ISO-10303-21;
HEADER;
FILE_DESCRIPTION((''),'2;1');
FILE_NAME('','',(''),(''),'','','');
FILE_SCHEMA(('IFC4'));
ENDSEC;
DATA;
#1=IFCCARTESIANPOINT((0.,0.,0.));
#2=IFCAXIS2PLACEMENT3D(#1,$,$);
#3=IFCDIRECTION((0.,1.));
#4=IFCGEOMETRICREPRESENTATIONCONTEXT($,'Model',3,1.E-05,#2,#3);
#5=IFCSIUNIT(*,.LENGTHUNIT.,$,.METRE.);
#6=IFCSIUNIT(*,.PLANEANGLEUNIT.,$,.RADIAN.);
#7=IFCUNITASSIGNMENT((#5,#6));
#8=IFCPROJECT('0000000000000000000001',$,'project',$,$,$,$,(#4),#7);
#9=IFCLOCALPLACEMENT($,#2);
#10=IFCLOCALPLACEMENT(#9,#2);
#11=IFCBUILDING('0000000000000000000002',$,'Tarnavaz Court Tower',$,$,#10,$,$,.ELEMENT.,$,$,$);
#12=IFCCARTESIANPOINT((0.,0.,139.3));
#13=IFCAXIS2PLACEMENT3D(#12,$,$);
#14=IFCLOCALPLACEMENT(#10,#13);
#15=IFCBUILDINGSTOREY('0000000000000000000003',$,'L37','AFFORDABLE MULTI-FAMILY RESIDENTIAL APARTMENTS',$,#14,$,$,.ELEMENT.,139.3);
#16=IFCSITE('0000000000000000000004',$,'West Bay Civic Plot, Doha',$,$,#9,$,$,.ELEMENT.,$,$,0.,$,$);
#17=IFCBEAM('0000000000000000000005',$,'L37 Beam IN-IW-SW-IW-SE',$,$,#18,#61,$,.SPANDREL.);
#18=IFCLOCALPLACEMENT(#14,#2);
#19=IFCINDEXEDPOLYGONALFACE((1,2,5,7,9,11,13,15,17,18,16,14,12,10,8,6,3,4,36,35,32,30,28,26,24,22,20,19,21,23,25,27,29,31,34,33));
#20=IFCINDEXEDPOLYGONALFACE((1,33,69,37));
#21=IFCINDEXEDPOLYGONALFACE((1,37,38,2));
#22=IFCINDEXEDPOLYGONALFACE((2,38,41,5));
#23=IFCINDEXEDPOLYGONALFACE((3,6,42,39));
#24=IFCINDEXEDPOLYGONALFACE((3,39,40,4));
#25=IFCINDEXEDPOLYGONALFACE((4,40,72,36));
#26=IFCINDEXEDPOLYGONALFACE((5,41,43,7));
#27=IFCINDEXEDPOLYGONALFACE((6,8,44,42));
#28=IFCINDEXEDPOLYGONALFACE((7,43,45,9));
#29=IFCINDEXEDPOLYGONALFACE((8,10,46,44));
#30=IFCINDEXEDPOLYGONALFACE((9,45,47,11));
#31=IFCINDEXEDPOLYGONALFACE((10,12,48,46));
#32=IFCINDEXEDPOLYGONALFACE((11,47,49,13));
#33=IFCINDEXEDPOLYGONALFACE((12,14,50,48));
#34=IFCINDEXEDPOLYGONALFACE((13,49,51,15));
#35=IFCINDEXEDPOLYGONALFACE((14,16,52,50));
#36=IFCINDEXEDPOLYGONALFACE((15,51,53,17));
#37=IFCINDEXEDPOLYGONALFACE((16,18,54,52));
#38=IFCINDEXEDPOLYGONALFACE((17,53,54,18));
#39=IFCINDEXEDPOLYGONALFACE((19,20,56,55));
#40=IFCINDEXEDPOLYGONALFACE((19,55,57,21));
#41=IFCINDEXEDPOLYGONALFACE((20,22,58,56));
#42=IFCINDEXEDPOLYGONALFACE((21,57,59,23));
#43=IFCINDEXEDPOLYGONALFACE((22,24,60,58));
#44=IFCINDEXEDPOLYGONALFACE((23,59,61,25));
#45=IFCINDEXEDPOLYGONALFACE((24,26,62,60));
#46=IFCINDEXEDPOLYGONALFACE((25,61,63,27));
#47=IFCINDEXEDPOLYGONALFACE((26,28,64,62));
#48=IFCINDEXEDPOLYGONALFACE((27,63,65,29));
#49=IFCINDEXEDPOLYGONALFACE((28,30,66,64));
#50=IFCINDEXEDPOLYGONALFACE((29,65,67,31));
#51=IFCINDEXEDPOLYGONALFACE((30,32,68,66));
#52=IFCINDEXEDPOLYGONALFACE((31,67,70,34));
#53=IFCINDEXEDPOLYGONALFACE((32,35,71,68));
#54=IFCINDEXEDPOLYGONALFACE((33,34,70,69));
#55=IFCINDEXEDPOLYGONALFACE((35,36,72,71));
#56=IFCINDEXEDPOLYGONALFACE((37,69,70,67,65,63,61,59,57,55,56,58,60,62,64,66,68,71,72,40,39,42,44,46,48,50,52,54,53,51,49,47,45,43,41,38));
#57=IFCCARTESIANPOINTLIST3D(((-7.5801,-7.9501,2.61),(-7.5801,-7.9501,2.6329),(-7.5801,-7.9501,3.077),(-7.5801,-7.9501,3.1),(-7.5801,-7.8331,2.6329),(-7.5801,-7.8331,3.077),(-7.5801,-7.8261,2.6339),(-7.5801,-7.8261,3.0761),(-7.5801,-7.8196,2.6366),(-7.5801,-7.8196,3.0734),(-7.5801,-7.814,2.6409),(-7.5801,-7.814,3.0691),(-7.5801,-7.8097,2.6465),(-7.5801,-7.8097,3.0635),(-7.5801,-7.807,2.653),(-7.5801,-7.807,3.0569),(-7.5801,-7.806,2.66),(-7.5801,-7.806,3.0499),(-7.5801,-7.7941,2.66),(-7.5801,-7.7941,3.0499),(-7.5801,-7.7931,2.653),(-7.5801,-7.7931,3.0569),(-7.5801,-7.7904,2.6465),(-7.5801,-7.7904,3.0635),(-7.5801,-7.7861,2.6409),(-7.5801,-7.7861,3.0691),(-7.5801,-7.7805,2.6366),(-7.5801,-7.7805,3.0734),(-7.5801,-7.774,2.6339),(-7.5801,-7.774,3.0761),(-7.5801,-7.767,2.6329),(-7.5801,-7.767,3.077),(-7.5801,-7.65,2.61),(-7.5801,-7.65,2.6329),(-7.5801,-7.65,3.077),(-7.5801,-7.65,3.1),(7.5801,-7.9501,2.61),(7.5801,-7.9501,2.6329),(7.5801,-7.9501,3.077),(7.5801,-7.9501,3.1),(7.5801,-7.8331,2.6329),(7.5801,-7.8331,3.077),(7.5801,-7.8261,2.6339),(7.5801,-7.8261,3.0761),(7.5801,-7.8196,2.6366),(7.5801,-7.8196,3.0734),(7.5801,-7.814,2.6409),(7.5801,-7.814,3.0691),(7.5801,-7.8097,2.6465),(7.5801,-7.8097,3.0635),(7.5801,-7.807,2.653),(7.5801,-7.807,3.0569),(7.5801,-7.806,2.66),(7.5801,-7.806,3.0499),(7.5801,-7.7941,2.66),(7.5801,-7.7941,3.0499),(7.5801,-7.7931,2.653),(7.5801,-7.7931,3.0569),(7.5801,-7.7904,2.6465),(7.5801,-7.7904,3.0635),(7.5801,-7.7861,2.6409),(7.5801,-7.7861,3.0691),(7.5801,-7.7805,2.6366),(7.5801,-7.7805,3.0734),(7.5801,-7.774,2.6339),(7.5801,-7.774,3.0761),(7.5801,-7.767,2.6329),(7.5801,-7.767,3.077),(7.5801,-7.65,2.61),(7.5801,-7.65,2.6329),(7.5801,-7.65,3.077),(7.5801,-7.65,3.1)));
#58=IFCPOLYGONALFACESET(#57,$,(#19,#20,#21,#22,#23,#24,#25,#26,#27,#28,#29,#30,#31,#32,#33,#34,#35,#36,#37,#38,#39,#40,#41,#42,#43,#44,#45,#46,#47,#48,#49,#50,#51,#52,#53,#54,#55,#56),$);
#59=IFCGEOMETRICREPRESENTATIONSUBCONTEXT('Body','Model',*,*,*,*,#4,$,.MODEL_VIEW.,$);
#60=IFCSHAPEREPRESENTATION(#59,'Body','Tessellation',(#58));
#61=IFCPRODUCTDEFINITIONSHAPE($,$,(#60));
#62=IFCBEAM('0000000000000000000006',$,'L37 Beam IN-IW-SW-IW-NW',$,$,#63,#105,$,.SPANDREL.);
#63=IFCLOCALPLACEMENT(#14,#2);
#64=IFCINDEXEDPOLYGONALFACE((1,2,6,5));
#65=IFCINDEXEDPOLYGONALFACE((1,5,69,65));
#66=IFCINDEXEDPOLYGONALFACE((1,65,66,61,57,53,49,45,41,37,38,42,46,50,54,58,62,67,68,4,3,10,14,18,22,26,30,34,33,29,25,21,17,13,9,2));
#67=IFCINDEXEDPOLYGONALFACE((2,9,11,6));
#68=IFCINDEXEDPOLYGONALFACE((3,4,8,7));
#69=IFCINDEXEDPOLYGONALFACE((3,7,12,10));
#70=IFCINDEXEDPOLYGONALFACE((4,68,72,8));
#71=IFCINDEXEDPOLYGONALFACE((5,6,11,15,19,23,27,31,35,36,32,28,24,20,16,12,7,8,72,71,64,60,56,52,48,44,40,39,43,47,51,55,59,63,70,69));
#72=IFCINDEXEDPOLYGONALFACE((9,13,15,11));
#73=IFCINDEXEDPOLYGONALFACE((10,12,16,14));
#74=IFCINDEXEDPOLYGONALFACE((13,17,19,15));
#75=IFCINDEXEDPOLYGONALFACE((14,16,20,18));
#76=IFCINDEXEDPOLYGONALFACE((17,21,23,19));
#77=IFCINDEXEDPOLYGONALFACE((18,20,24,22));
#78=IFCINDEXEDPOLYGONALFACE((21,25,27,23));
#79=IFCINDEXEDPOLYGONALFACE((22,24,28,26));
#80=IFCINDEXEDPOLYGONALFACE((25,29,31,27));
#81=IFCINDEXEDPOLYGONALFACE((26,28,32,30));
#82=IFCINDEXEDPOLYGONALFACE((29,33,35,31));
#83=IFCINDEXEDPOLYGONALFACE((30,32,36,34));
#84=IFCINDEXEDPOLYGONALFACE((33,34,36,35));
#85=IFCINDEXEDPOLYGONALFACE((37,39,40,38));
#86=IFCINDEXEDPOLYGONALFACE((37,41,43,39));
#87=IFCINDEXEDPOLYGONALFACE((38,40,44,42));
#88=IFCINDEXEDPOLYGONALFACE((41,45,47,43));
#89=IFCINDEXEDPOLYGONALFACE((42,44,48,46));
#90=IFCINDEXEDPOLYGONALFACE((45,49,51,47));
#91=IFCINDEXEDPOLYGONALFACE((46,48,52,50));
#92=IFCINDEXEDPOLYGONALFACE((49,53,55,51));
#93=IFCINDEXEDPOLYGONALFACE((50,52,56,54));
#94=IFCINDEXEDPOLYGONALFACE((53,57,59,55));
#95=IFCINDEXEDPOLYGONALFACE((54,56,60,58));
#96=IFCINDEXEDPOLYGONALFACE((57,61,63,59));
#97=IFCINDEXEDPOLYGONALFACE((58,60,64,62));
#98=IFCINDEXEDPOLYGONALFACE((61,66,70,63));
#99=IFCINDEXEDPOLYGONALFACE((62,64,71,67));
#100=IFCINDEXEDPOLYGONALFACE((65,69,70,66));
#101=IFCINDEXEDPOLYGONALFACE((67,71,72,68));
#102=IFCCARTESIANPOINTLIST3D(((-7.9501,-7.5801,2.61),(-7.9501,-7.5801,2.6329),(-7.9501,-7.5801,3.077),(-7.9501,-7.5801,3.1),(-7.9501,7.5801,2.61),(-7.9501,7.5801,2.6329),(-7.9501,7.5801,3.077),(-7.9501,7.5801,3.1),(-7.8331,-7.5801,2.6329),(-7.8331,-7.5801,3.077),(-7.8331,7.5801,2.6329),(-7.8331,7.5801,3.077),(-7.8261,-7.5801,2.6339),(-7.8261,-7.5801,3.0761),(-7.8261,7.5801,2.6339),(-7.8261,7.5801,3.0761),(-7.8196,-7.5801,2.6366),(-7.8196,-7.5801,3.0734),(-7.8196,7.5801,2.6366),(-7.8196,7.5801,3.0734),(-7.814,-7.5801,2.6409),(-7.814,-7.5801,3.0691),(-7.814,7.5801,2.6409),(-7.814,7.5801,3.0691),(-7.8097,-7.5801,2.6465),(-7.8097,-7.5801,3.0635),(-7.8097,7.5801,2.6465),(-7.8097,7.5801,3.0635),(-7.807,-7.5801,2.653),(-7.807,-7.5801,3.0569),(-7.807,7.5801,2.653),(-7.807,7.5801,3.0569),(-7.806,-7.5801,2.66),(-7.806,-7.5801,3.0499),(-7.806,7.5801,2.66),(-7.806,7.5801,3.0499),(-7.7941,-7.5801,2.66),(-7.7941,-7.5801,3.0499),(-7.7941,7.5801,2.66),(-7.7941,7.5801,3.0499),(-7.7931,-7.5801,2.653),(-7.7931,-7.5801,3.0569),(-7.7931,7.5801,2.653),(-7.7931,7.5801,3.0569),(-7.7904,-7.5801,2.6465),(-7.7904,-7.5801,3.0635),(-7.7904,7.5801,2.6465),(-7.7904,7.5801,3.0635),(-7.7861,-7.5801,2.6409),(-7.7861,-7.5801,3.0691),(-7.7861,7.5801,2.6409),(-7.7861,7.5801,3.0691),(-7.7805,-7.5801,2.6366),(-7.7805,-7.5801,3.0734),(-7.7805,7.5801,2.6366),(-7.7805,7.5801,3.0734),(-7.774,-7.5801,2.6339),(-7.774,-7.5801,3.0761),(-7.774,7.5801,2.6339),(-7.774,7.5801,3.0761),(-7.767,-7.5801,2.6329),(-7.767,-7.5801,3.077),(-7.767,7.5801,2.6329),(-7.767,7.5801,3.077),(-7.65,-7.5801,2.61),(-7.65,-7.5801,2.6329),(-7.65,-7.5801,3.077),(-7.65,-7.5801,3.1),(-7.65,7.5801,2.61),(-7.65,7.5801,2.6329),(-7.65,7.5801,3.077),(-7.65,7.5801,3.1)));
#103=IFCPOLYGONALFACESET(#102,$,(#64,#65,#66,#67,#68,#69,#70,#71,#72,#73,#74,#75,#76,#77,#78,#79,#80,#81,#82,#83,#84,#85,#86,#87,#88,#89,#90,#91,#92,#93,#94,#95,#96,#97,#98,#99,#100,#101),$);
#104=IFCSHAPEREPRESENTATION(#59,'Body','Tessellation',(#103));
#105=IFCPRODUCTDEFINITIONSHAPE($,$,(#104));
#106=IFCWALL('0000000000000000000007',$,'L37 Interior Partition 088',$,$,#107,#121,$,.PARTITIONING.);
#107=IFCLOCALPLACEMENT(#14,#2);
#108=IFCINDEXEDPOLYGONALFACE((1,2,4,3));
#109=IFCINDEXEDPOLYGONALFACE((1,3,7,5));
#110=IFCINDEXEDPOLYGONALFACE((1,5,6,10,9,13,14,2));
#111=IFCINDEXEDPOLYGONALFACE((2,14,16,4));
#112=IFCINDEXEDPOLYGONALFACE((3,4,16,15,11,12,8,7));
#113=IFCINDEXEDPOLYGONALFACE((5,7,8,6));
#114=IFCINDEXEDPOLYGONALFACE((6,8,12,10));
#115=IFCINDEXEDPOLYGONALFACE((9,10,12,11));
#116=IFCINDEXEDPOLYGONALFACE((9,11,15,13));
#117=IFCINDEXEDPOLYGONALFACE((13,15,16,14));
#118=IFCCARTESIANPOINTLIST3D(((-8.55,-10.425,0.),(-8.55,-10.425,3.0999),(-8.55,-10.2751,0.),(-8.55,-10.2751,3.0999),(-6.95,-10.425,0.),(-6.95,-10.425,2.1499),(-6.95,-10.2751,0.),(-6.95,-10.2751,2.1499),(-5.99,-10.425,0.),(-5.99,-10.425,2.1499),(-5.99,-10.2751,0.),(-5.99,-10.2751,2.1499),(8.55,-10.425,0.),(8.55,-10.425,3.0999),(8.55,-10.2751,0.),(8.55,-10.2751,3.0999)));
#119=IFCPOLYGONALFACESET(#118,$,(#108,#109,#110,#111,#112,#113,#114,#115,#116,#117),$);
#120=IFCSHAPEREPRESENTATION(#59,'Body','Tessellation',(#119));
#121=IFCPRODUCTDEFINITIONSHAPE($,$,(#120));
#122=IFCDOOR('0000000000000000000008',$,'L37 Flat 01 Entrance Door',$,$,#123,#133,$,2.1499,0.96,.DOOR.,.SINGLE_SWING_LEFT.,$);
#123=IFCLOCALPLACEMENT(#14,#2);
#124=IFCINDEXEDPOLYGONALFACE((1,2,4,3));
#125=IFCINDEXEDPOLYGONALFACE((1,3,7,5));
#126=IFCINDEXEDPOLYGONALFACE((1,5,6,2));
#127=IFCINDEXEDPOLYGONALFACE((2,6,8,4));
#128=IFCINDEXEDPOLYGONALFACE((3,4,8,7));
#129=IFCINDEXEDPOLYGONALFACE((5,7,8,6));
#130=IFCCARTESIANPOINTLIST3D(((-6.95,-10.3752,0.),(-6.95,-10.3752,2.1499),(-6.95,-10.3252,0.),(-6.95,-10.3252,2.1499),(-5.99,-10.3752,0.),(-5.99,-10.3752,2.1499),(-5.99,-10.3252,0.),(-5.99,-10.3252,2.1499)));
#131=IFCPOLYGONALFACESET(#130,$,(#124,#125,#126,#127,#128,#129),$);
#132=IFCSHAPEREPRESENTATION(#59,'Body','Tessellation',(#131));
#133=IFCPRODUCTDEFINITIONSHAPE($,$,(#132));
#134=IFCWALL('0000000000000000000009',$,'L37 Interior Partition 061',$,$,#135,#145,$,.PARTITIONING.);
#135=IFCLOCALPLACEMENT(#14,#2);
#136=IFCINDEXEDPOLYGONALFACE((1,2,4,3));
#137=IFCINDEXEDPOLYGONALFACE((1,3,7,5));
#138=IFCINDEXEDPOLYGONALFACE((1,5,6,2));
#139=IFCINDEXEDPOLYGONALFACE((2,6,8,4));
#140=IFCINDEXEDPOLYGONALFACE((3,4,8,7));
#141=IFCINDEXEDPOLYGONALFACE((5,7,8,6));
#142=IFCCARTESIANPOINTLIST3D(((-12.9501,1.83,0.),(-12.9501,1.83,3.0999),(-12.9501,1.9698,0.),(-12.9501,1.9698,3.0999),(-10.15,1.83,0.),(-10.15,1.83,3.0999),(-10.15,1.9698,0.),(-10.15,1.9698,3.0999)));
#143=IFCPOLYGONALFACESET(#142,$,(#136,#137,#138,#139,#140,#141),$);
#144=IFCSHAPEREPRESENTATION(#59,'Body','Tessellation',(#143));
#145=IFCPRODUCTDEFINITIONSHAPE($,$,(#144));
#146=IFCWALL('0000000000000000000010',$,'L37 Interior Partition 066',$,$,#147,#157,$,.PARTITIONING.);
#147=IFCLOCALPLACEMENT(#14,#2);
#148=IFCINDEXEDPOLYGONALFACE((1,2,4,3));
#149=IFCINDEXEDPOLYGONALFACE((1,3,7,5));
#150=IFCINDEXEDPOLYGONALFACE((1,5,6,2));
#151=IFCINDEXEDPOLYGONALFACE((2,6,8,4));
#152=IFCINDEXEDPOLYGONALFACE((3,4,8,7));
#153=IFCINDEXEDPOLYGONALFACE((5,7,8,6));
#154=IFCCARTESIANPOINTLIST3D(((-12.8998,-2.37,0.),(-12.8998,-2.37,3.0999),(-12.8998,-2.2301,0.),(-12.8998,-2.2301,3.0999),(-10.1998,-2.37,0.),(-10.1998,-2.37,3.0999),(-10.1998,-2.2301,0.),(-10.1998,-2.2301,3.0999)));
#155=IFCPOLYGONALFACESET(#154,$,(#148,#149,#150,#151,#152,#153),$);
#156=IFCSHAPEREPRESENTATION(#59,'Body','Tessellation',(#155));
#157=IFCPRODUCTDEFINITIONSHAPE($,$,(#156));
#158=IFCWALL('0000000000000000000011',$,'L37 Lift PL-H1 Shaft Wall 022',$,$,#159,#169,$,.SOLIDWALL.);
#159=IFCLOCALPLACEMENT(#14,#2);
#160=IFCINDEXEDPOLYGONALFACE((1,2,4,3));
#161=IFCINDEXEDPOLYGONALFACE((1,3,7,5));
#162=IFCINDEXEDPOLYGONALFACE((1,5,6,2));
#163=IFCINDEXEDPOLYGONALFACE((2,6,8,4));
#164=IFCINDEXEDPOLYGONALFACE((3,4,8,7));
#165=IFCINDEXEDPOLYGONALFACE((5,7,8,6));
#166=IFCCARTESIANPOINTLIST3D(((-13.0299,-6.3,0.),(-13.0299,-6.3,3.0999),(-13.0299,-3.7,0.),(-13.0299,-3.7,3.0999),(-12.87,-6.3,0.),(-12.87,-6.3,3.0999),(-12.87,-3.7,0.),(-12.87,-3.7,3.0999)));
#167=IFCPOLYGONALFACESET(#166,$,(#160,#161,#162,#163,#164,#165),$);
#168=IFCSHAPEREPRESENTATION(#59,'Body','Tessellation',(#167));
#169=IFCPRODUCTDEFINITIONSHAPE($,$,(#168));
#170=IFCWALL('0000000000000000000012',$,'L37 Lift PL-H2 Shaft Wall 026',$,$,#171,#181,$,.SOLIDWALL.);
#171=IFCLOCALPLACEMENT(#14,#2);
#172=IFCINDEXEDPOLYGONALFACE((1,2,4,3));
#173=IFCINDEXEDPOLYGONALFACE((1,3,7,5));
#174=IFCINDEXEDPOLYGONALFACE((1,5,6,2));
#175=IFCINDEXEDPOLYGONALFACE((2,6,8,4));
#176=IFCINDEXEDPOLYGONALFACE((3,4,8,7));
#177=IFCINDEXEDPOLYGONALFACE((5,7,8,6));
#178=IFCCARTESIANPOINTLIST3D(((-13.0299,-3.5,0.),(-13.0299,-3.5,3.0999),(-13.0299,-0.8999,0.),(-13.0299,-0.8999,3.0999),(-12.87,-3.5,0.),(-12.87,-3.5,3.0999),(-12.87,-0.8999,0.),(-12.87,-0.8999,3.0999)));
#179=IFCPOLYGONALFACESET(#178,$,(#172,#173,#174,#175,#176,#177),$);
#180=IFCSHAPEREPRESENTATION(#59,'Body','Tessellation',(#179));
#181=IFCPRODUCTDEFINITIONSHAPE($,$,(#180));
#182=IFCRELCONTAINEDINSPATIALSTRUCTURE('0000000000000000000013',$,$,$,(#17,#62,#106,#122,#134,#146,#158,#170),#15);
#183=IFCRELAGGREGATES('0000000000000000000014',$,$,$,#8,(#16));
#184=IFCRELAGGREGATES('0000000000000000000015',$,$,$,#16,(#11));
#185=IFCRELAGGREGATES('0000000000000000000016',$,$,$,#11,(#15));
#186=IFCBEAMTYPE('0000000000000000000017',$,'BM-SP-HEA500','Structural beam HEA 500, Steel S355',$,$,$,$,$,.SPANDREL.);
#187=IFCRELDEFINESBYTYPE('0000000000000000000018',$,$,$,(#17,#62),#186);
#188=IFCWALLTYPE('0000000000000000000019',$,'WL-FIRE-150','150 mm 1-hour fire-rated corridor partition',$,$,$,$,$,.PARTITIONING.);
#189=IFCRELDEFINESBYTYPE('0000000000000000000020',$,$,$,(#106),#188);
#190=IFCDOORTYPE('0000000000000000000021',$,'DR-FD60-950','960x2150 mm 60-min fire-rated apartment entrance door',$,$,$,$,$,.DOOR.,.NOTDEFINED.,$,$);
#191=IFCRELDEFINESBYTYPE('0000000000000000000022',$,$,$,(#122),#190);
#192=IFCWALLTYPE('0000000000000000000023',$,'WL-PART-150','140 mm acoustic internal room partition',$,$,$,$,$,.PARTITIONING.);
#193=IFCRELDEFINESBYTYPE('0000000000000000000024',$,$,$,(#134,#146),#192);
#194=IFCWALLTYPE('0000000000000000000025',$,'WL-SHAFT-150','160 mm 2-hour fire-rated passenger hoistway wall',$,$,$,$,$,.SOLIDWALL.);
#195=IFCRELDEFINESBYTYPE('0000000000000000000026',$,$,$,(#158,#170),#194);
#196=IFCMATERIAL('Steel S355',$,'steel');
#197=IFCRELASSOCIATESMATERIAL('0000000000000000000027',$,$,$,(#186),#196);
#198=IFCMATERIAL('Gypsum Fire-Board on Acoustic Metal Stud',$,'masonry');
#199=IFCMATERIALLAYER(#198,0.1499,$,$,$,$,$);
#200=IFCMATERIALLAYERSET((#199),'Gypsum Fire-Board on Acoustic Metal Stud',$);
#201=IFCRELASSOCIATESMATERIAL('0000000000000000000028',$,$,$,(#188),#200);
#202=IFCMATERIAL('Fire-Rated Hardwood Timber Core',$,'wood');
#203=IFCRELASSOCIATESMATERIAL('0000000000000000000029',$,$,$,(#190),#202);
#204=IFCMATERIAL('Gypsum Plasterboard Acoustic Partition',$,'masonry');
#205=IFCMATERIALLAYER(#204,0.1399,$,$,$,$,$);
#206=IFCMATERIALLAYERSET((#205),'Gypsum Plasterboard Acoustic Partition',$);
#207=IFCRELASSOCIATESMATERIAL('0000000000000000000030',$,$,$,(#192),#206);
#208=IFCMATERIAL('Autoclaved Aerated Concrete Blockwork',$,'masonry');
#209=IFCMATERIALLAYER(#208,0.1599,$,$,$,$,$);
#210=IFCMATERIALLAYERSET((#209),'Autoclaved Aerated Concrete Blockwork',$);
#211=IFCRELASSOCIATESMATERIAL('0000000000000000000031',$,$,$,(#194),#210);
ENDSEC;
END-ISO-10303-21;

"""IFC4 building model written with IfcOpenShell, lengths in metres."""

from ifc_helpers import new_model, si_unit, direction, frame, frame_2d, origin, origin_2d, place, context, subcontext, project, spatial, rectangle, i_section, extrude, material, layer, layer_set, material_profile, profile_set, type_object, element, fill, save


model = new_model("IFC4")

# Units and contexts
model_context = context("Model", 3, precision=1e-05, world=origin(), true_north=direction((0.0, 1.0)))
body_context = subcontext(model_context, "Body", "Model", "MODEL_VIEW")
ifc_project = project(units=[si_unit("LENGTHUNIT", "METRE"), si_unit("PLANEANGLEUNIT", "RADIAN")], contexts=[model_context])

# Site, building, storey
site_placement = place(None, origin())
site = spatial("IfcSite", under=ifc_project, at=site_placement, Name="West Bay Civic Plot, Doha", CompositionType="ELEMENT", RefElevation=0.0)
building_placement = place(site_placement, origin())
building = spatial("IfcBuilding", under=site, at=building_placement, Name="Tarnavaz Court Tower", CompositionType="ELEMENT")
storey_placement = place(building_placement, frame((0.0, 0.0, 139.3)))
storey = spatial("IfcBuildingStorey", under=building, at=storey_placement, Name="L37", Description="AFFORDABLE MULTI-FAMILY RESIDENTIAL APARTMENTS", CompositionType="ELEMENT", Elevation=139.3)

# Beams
ifc_material_1 = material(Name="Steel S355", Category="steel")
ifc_material_profile_1 = material_profile(ifc_material_1, i_section(OverallWidth=0.3, OverallDepth=0.49, WebThickness=0.012, FlangeThickness=0.0229, FilletRadius=0.0271, at=origin_2d()), Name="HEA 500")
ifc_profile_set_1 = profile_set([ifc_material_profile_1], Name="Steel S355")
beam_type_1 = type_object("IfcBeamType", Name="BM-SP-HEA500", Description="Structural beam HEA 500, Steel S355", PredefinedType="SPANDREL", material=ifc_profile_set_1)
for number, where, z_axis, x_axis, name in (
    (1, (-7.5801, -7.8, 2.855), (1.0, 0.0, 0.0), (0.0, 1.0, 0.0), "L37 Beam IN-IW-SW-IW-SE"),
    (2, (-7.8, -7.5801, 2.855), (0.0, 1.0, 0.0), (-1.0, 0.0, 0.0), "L37 Beam IN-IW-SW-IW-NW"),
):
    element("IfcBeam", number, at=place(storey_placement, frame(where, z_axis=z_axis, x_axis=x_axis)), inside=storey, type_object=beam_type_1, Name=name, PredefinedType="SPANDREL", context=body_context, shape_type="SweptSolid", body=[
        extrude(i_section(OverallWidth=0.3, OverallDepth=0.49, WebThickness=0.012, FlangeThickness=0.0229, FilletRadius=0.0271, at=origin_2d()), origin(), (0.0, 0.0, 1.0), 15.1602),
    ])

# Wall, opening, door
ifc_material_2 = material(Name="Gypsum Fire-Board on Acoustic Metal Stud", Category="masonry")
ifc_layer_1 = layer(ifc_material_2, 0.1499)
ifc_layer_set_1 = layer_set([ifc_layer_1], Name="Gypsum Fire-Board on Acoustic Metal Stud")
wall_type_1 = type_object("IfcWallType", Name="WL-FIRE-150", Description="150 mm 1-hour fire-rated corridor partition", PredefinedType="PARTITIONING", material=ifc_layer_set_1)
wall_1_placement = place(storey_placement, frame((-8.55, -10.3501, 0.0), z_axis=(0.0, 0.0, 1.0), x_axis=(1.0, 0.0, 0.0)))
wall_1 = element("IfcWall", 3, at=wall_1_placement, inside=storey, type_object=wall_type_1, Name="L37 Interior Partition 088", PredefinedType="PARTITIONING", context=body_context, shape_type="SweptSolid", body=[
    extrude(rectangle(XDim=17.1001, YDim=0.1499, at=frame_2d((8.55, 0.0))), origin(), (0.0, 0.0, 1.0), 3.0999),
])
opening_1_placement = place(wall_1_placement, frame((1.6001, 0.0, 0.0)))
opening_1 = element("IfcOpeningElement", 4, at=opening_1_placement, cuts=wall_1, PredefinedType="OPENING", context=body_context, shape_type="SweptSolid", body=[
    extrude(rectangle(XDim=0.96, YDim=2.1499, at=frame_2d((0.48, 1.075))), frame((0.0, 0.085, 0.0), z_axis=(0.0, -1.0, 0.0), x_axis=(1.0, 0.0, 0.0)), (0.0, 0.0, 1.0), 0.1699),
])
ifc_material_3 = material(Name="Fire-Rated Hardwood Timber Core", Category="wood")
door_type_1 = type_object("IfcDoorType", Name="DR-FD60-950", Description="960x2150 mm 60-min fire-rated apartment entrance door", OperationType="NOTDEFINED", PredefinedType="DOOR", material=ifc_material_3)
door_1_placement = place(opening_1_placement, origin())
door_1 = element("IfcDoor", 5, at=door_1_placement, inside=storey, type_object=door_type_1, Name="L37 Flat 01 Entrance Door", OperationType="SINGLE_SWING_LEFT", OverallHeight=2.1499, OverallWidth=0.96, PredefinedType="DOOR", context=body_context, shape_type="SweptSolid", body=[
    extrude(rectangle(XDim=0.96, YDim=2.1499, at=frame_2d((0.48, 1.075))), frame((0.0, 0.0249, 0.0), z_axis=(0.0, -1.0, 0.0), x_axis=(1.0, 0.0, 0.0)), (0.0, 0.0, 1.0), 0.05),
])
fill(opening_1, door_1)

# Wall
ifc_material_4 = material(Name="Gypsum Plasterboard Acoustic Partition", Category="masonry")
ifc_layer_2 = layer(ifc_material_4, 0.1399)
ifc_layer_set_2 = layer_set([ifc_layer_2], Name="Gypsum Plasterboard Acoustic Partition")
wall_type_2 = type_object("IfcWallType", Name="WL-PART-150", Description="140 mm acoustic internal room partition", PredefinedType="PARTITIONING", material=ifc_layer_set_2)
wall_2_placement = place(storey_placement, frame((-12.95, 1.8999, 0.0), z_axis=(0.0, 0.0, 1.0), x_axis=(1.0, 0.0, 0.0)))
element("IfcWall", 6, at=wall_2_placement, inside=storey, type_object=wall_type_2, Name="L37 Interior Partition 061", PredefinedType="PARTITIONING", context=body_context, shape_type="SweptSolid", body=[
    extrude(rectangle(XDim=2.8, YDim=0.1399, at=frame_2d((1.3999, 0.0))), origin(), (0.0, 0.0, 1.0), 3.0999),
])

# Walls
wall_3_placement = place(storey_placement, frame((-12.8999, -2.3, 0.0), z_axis=(0.0, 0.0, 1.0), x_axis=(1.0, 0.0, 0.0)))
element("IfcWall", 7, at=wall_3_placement, inside=storey, type_object=wall_type_2, Name="L37 Interior Partition 066", PredefinedType="PARTITIONING", context=body_context, shape_type="SweptSolid", body=[
    extrude(rectangle(XDim=2.7, YDim=0.1399, at=frame_2d((1.3501, 0.0))), origin(), (0.0, 0.0, 1.0), 3.0999),
])
ifc_material_5 = material(Name="Autoclaved Aerated Concrete Blockwork", Category="masonry")
ifc_layer_3 = layer(ifc_material_5, 0.1599)
ifc_layer_set_3 = layer_set([ifc_layer_3], Name="Autoclaved Aerated Concrete Blockwork")
wall_type_3 = type_object("IfcWallType", Name="WL-SHAFT-150", Description="160 mm 2-hour fire-rated passenger hoistway wall", PredefinedType="SOLIDWALL", material=ifc_layer_set_3)
for number, where, z_axis, x_axis, name in (
    (8, (-12.95, -6.3, 0.0), (0.0, 0.0, 1.0), (0.0, 1.0, 0.0), "L37 Lift PL-H1 Shaft Wall 022"),
    (9, (-12.95, -3.5, 0.0), (0.0, 0.0, 1.0), (0.0, 1.0, 0.0), "L37 Lift PL-H2 Shaft Wall 026"),
):
    element("IfcWall", number, at=place(storey_placement, frame(where, z_axis=z_axis, x_axis=x_axis)), inside=storey, type_object=wall_type_3, Name=name, PredefinedType="SOLIDWALL", context=body_context, shape_type="SweptSolid", body=[
        extrude(rectangle(XDim=2.6001, YDim=0.1599, at=frame_2d((1.3, 0.0))), origin(), (0.0, 0.0, 1.0), 3.0999),
    ])

save(model, "model.ifc")
